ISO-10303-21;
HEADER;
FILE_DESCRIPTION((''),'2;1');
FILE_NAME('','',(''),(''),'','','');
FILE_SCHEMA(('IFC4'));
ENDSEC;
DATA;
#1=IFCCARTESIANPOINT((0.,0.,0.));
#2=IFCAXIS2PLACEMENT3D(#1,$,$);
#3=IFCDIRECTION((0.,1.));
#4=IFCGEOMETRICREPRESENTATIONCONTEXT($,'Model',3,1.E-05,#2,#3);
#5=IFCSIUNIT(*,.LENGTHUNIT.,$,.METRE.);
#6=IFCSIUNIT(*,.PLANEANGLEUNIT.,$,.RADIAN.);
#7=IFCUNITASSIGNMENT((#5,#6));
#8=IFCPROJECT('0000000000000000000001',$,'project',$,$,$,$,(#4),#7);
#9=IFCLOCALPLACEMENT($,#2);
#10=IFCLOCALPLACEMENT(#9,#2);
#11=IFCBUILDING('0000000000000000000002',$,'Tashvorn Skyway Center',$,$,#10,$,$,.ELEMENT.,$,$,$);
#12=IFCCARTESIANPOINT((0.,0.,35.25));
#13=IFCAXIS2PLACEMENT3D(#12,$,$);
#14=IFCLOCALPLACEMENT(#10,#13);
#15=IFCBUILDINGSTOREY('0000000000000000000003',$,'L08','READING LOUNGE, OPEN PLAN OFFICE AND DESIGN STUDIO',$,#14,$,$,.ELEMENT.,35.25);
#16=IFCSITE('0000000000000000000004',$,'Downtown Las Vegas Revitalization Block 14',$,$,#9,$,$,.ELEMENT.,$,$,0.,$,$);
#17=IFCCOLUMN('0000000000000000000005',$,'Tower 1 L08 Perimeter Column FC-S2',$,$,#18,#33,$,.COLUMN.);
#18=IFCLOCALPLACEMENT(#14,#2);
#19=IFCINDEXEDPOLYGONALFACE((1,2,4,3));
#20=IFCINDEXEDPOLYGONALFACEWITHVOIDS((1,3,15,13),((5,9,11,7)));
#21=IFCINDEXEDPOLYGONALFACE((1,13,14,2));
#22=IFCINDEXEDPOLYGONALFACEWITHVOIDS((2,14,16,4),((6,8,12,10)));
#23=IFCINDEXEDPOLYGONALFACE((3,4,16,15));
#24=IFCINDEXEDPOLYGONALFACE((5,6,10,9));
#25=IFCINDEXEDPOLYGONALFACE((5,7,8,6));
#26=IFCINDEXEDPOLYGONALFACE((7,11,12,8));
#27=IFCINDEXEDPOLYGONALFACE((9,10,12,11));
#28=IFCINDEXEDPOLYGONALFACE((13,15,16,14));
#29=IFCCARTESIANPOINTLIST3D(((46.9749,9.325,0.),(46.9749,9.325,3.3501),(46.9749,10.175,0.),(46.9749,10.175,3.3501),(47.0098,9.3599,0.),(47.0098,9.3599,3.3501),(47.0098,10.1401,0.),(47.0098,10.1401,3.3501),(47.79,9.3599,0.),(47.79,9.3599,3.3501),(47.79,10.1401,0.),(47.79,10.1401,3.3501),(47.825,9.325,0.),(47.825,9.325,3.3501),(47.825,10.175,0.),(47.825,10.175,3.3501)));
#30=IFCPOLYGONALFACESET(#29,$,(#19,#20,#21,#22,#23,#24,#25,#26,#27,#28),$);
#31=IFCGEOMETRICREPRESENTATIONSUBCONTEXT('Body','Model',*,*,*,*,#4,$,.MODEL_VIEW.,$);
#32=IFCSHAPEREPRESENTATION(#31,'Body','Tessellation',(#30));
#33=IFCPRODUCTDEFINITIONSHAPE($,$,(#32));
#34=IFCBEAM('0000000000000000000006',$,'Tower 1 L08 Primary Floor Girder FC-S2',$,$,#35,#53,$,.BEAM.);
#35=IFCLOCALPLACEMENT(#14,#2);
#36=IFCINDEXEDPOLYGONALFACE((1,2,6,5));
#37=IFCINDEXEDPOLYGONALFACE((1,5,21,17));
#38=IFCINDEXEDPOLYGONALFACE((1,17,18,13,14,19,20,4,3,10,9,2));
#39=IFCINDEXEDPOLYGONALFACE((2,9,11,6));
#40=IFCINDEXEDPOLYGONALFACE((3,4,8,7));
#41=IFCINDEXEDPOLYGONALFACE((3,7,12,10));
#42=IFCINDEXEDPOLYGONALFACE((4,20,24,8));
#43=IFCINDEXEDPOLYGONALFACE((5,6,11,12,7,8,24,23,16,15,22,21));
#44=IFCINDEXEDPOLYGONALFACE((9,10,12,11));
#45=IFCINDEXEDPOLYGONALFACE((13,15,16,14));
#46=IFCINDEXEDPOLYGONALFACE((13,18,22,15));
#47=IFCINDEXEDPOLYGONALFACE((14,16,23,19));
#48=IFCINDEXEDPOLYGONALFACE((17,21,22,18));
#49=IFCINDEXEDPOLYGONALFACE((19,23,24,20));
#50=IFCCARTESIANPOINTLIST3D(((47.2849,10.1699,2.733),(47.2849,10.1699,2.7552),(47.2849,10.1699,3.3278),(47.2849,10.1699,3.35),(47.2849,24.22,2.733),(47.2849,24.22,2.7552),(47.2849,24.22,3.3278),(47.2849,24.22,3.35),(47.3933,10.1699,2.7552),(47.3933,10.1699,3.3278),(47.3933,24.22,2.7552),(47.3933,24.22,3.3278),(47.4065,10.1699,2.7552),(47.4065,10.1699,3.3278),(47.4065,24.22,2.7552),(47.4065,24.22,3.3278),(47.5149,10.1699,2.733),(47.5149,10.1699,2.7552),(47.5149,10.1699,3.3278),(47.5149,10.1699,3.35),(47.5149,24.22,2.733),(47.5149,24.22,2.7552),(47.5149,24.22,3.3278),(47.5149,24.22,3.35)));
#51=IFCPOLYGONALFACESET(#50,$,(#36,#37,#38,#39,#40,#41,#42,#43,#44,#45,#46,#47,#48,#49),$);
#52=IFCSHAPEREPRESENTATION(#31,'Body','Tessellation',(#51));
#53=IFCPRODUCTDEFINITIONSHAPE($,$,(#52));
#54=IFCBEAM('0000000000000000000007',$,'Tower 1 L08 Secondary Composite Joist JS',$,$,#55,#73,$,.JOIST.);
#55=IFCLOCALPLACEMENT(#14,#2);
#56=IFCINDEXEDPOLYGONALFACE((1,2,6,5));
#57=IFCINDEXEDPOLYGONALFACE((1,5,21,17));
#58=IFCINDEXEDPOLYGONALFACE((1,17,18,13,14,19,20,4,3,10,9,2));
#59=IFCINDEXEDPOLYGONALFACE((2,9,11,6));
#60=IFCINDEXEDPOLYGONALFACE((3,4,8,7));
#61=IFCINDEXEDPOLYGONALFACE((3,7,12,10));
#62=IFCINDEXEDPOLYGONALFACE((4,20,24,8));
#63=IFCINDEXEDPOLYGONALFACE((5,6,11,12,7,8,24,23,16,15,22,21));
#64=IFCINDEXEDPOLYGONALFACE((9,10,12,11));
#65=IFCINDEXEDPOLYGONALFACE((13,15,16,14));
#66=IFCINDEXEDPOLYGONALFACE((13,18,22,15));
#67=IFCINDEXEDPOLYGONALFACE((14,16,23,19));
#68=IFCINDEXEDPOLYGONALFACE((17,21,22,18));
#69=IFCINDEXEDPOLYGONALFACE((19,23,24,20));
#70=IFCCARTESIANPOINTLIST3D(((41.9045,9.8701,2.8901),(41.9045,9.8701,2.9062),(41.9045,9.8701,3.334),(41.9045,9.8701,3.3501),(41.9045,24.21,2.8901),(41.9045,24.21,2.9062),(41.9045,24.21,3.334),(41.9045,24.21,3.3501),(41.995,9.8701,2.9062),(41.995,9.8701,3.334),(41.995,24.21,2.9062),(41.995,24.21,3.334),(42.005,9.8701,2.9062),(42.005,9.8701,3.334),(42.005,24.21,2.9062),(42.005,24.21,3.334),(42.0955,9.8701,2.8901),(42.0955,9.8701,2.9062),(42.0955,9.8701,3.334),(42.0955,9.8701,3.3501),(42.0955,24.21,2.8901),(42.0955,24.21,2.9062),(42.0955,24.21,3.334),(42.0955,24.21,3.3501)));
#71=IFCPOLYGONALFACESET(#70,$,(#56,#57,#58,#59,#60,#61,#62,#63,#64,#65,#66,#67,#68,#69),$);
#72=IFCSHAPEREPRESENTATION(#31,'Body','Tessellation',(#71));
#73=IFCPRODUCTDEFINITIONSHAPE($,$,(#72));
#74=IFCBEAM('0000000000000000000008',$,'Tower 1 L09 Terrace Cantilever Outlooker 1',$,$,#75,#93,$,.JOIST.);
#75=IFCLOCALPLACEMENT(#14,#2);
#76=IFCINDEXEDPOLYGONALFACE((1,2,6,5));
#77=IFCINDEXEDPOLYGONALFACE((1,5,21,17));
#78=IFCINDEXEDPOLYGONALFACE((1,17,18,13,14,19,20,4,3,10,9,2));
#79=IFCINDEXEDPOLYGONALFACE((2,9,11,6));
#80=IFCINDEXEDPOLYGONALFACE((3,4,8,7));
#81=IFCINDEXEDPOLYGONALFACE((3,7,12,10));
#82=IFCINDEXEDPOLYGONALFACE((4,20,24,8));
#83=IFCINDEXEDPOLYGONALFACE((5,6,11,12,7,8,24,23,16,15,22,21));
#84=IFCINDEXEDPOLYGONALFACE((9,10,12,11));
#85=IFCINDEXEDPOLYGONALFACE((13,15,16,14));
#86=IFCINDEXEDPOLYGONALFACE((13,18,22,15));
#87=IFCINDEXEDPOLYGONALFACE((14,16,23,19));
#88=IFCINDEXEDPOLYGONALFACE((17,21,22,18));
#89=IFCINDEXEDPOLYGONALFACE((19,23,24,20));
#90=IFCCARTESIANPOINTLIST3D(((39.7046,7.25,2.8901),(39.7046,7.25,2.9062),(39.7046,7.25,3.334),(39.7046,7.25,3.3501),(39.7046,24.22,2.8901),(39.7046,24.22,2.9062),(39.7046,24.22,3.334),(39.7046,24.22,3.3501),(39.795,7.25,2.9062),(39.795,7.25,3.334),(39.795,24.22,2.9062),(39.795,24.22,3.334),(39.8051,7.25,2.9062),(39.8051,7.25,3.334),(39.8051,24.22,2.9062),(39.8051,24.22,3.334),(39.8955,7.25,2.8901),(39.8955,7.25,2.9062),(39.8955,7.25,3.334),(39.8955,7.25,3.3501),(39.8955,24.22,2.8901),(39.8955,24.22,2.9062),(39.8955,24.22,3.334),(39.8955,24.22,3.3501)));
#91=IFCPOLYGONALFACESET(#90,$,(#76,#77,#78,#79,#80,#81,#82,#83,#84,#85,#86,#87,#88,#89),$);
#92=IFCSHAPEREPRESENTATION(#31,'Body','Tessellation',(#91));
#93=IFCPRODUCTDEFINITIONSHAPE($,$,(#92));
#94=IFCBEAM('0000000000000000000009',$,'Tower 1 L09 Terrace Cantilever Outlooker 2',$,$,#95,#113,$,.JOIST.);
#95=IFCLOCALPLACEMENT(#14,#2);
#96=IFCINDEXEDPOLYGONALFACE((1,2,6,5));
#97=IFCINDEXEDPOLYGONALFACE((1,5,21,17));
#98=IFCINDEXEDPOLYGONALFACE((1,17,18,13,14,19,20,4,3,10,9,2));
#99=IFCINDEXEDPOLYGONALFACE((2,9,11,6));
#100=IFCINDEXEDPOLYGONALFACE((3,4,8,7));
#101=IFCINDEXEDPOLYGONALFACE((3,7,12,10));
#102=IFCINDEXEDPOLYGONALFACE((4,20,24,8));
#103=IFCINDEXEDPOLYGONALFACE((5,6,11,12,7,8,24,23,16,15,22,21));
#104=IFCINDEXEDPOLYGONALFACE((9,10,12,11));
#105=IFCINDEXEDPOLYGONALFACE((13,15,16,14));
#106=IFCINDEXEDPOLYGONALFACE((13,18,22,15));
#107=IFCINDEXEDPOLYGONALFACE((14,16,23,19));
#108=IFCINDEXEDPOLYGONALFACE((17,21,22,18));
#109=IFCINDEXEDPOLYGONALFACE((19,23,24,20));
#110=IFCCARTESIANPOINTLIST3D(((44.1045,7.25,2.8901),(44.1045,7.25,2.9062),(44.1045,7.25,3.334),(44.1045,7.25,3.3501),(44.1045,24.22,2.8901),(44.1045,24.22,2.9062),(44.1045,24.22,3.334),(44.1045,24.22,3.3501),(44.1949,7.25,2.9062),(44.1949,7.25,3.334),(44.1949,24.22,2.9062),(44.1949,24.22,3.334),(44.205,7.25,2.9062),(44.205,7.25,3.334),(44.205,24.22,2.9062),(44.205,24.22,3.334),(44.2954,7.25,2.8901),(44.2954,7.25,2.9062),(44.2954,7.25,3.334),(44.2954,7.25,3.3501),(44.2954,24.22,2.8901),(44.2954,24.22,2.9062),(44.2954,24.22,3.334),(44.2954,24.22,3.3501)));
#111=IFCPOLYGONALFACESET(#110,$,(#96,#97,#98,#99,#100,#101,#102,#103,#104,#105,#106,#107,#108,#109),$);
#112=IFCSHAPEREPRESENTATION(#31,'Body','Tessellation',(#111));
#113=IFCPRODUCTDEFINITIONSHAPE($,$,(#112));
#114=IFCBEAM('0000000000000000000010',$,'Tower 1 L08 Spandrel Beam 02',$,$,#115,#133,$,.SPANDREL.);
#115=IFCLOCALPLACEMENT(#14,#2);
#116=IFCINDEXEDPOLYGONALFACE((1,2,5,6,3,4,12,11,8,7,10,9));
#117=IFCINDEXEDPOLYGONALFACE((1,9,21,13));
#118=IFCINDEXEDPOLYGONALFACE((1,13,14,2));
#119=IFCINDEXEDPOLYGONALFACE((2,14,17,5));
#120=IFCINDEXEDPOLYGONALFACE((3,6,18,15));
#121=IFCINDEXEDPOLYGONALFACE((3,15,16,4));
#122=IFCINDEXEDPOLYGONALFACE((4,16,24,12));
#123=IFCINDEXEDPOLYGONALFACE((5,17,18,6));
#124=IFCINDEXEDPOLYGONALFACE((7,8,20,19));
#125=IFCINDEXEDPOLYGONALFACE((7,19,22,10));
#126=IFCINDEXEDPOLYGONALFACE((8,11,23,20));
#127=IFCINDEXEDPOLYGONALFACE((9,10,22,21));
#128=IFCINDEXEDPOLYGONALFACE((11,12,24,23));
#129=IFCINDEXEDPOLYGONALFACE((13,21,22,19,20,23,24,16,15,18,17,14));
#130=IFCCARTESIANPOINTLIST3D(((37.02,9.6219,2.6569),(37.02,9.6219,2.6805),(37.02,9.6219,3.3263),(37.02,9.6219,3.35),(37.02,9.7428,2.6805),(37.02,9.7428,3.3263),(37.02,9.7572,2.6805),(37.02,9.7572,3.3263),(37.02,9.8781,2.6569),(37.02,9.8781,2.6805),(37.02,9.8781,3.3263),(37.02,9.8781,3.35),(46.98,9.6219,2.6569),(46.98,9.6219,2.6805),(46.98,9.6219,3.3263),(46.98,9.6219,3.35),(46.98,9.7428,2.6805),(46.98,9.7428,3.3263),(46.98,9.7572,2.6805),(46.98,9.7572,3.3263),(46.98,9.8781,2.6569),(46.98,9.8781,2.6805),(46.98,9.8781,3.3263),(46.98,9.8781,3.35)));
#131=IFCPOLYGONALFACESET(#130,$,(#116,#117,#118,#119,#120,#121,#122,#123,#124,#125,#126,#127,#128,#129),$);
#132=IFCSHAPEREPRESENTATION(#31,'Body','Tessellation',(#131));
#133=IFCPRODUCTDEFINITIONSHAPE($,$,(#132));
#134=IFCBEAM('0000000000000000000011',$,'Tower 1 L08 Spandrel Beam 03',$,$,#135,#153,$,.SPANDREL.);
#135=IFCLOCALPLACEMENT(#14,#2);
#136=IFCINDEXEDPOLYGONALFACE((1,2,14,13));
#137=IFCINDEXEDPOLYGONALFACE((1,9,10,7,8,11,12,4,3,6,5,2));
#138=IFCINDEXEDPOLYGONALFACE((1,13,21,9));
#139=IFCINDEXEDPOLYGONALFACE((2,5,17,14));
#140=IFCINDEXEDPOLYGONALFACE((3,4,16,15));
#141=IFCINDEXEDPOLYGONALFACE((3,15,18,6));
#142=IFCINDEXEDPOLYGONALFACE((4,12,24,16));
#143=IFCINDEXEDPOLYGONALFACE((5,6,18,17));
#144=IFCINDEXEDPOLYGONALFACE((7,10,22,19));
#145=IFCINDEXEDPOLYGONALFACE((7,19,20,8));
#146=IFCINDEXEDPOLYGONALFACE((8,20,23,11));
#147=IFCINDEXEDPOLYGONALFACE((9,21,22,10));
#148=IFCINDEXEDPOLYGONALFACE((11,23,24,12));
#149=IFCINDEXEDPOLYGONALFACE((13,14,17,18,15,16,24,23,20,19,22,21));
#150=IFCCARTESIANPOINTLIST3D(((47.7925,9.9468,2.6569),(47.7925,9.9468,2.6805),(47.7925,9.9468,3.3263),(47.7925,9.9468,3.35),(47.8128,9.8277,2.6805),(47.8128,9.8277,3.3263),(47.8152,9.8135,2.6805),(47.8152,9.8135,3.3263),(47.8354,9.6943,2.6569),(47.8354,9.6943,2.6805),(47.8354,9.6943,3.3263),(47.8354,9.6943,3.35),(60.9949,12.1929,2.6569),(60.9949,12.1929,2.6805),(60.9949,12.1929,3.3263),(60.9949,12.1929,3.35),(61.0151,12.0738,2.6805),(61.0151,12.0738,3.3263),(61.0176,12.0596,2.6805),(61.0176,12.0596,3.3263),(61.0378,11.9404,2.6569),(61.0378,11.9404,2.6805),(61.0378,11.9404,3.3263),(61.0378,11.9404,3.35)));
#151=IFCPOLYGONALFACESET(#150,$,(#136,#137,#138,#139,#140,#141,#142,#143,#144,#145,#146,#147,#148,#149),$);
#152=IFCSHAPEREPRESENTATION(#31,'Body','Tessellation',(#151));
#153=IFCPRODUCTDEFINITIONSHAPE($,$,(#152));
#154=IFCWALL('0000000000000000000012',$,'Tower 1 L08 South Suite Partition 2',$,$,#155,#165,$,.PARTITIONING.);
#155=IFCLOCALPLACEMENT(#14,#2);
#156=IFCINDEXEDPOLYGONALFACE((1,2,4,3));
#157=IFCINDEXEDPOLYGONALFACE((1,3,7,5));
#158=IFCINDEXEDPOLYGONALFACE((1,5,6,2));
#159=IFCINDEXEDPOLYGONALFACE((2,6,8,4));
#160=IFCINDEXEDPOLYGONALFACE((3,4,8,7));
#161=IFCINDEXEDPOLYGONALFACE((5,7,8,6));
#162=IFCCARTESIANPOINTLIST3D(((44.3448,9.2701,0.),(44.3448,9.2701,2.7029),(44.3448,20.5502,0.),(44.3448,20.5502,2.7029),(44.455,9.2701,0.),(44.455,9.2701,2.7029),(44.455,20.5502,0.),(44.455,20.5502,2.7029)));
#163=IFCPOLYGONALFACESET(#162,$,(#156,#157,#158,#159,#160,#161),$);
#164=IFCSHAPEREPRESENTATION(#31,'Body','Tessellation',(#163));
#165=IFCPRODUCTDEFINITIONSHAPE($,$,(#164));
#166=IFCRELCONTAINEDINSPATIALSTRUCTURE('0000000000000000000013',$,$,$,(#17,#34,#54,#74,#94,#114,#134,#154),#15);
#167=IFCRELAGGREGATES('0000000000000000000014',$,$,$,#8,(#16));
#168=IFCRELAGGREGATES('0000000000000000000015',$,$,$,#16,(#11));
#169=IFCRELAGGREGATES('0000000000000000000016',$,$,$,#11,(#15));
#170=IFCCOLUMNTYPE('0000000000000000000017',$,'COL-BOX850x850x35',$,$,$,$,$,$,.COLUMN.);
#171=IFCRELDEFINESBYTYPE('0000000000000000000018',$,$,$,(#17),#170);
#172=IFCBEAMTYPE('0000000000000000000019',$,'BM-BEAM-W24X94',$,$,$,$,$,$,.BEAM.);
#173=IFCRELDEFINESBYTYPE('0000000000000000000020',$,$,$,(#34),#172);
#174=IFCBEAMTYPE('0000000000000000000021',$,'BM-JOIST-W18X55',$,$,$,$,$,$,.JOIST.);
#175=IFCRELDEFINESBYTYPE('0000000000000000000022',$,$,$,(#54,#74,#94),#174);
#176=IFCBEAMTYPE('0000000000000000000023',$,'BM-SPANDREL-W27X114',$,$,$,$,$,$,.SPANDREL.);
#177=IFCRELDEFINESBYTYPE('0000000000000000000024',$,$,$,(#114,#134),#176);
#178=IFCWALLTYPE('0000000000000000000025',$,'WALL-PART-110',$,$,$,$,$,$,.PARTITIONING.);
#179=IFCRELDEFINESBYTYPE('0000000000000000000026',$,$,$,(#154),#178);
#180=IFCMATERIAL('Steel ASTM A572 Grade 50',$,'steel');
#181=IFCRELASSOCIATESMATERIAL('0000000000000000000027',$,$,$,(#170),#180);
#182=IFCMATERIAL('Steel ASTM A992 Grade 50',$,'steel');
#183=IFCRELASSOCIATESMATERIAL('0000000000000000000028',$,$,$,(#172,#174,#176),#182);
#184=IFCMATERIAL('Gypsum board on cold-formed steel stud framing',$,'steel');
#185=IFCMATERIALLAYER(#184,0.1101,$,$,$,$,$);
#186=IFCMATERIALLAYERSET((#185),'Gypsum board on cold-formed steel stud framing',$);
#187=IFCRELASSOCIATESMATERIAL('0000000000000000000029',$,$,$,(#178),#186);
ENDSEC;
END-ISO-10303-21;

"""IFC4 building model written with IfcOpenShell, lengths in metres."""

from ifc_helpers import new_model, si_unit, direction, frame, frame_2d, origin, origin_2d, place, context, subcontext, project, spatial, rectangle, hollow_rectangle, i_section, extrude, material, layer, layer_set, material_profile, profile_set, type_object, element, save


model = new_model("IFC4")

# Units and contexts
model_context = context("Model", 3, precision=1e-05, world=origin(), true_north=direction((0.0, 1.0)))
body_context = subcontext(model_context, "Body", "Model", "MODEL_VIEW")
ifc_project = project(units=[si_unit("LENGTHUNIT", "METRE"), si_unit("PLANEANGLEUNIT", "RADIAN")], contexts=[model_context])

# Site, building, storey
site_placement = place(None, origin())
site = spatial("IfcSite", under=ifc_project, at=site_placement, Name="Downtown Las Vegas Revitalization Block 14", CompositionType="ELEMENT", RefElevation=0.0)
building_placement = place(site_placement, origin())
building = spatial("IfcBuilding", under=site, at=building_placement, Name="Tashvorn Skyway Center", CompositionType="ELEMENT")
storey_placement = place(building_placement, frame((0.0, 0.0, 35.25)))
storey = spatial("IfcBuildingStorey", under=building, at=storey_placement, Name="L08", Description="READING LOUNGE, OPEN PLAN OFFICE AND DESIGN STUDIO", CompositionType="ELEMENT", Elevation=35.25)

# Column
ifc_material_1 = material(Name="Steel ASTM A572 Grade 50", Category="steel")
ifc_material_profile_1 = material_profile(ifc_material_1, hollow_rectangle(XDim=0.8501, YDim=0.8501, WallThickness=0.0349, at=origin_2d()), Name="BOX850x850x35")
ifc_profile_set_1 = profile_set([ifc_material_profile_1], Name="Steel ASTM A572 Grade 50")
column_type = type_object("IfcColumnType", Name="COL-BOX850x850x35", PredefinedType="COLUMN", material=ifc_profile_set_1)
column_placement = place(storey_placement, frame((47.3999, 9.75, 0.0), z_axis=(0.0, 0.0, 1.0), x_axis=(1.0, 0.0, 0.0)))
element("IfcColumn", 1, at=column_placement, inside=storey, type_object=column_type, Name="Tower 1 L08 Perimeter Column FC-S2", PredefinedType="COLUMN", context=body_context, shape_type="SweptSolid", body=[
    extrude(hollow_rectangle(XDim=0.8501, YDim=0.8501, WallThickness=0.0349, at=origin_2d()), origin(), (0.0, 0.0, 1.0), 3.3501),
])

# Beams
ifc_material_2 = material(Name="Steel ASTM A992 Grade 50", Category="steel")
ifc_material_profile_2 = material_profile(ifc_material_2, i_section(OverallWidth=0.23, OverallDepth=0.6169, WebThickness=0.0132, FlangeThickness=0.0222, at=origin_2d()), Name="W24X94")
ifc_profile_set_2 = profile_set([ifc_material_profile_2], Name="Steel ASTM A992 Grade 50")
beam_type_1 = type_object("IfcBeamType", Name="BM-BEAM-W24X94", PredefinedType="BEAM", material=ifc_profile_set_2)
beam_1_placement = place(storey_placement, frame((47.3999, 10.1699, 3.0415), z_axis=(0.0, 1.0, 0.0), x_axis=(-1.0, 0.0, 0.0)))
element("IfcBeam", 2, at=beam_1_placement, inside=storey, type_object=beam_type_1, Name="Tower 1 L08 Primary Floor Girder FC-S2", PredefinedType="BEAM", context=body_context, shape_type="SweptSolid", body=[
    extrude(i_section(OverallWidth=0.23, OverallDepth=0.6169, WebThickness=0.0132, FlangeThickness=0.0222, at=origin_2d()), origin(), (0.0, 0.0, 1.0), 14.05),
])
ifc_material_profile_3 = material_profile(ifc_material_2, i_section(OverallWidth=0.1909, OverallDepth=0.46, WebThickness=0.01, FlangeThickness=0.0161, at=origin_2d()), Name="W18X55")
ifc_profile_set_3 = profile_set([ifc_material_profile_3], Name="Steel ASTM A992 Grade 50")
beam_type_2 = type_object("IfcBeamType", Name="BM-JOIST-W18X55", PredefinedType="JOIST", material=ifc_profile_set_3)
beam_2_placement = place(storey_placement, frame((42.0, 24.21, 3.1201), z_axis=(0.0, -1.0, 0.0), x_axis=(1.0, 0.0, 0.0)))
element("IfcBeam", 3, at=beam_2_placement, inside=storey, type_object=beam_type_2, Name="Tower 1 L08 Secondary Composite Joist JS", PredefinedType="JOIST", context=body_context, shape_type="SweptSolid", body=[
    extrude(i_section(OverallWidth=0.1909, OverallDepth=0.46, WebThickness=0.01, FlangeThickness=0.0161, at=origin_2d()), origin(), (0.0, 0.0, 1.0), 14.3398),
])
for number, where, z_axis, x_axis, name in (
    (4, (39.8, 24.22, 3.1201), (0.0, -1.0, 0.0), (1.0, 0.0, 0.0), "Tower 1 L09 Terrace Cantilever Outlooker 1"),
    (5, (44.2, 24.22, 3.1201), (0.0, -1.0, 0.0), (1.0, 0.0, 0.0), "Tower 1 L09 Terrace Cantilever Outlooker 2"),
):
    element("IfcBeam", number, at=place(storey_placement, frame(where, z_axis=z_axis, x_axis=x_axis)), inside=storey, type_object=beam_type_2, Name=name, PredefinedType="JOIST", context=body_context, shape_type="SweptSolid", body=[
        extrude(i_section(OverallWidth=0.1909, OverallDepth=0.46, WebThickness=0.01, FlangeThickness=0.0161, at=origin_2d()), origin(), (0.0, 0.0, 1.0), 16.97),
    ])
ifc_material_profile_4 = material_profile(ifc_material_2, i_section(OverallWidth=0.2561, OverallDepth=0.6931, WebThickness=0.0144, FlangeThickness=0.0237, at=origin_2d()), Name="W27X114")
ifc_profile_set_4 = profile_set([ifc_material_profile_4], Name="Steel ASTM A992 Grade 50")
beam_type_3 = type_object("IfcBeamType", Name="BM-SPANDREL-W27X114", PredefinedType="SPANDREL", material=ifc_profile_set_4)
beam_3_placement = place(storey_placement, frame((37.02, 9.75, 3.0034), z_axis=(1.0, 0.0, 0.0), x_axis=(0.0, 1.0, 0.0)))
element("IfcBeam", 6, at=beam_3_placement, inside=storey, type_object=beam_type_3, Name="Tower 1 L08 Spandrel Beam 02", PredefinedType="SPANDREL", context=body_context, shape_type="SweptSolid", body=[
    extrude(i_section(OverallWidth=0.2561, OverallDepth=0.6931, WebThickness=0.0144, FlangeThickness=0.0237, at=origin_2d()), origin(), (0.0, 0.0, 1.0), 9.96),
])
beam_4_placement = place(storey_placement, frame((47.814, 9.8206, 3.0034), z_axis=(0.985835, 0.167718, 0.0), x_axis=(-0.167718, 0.985835, 0.0)))
element("IfcBeam", 7, at=beam_4_placement, inside=storey, type_object=beam_type_3, Name="Tower 1 L08 Spandrel Beam 03", PredefinedType="SPANDREL", context=body_context, shape_type="SweptSolid", body=[
    extrude(i_section(OverallWidth=0.2561, OverallDepth=0.6931, WebThickness=0.0144, FlangeThickness=0.0237, at=origin_2d()), origin(), (0.0, 0.0, 1.0), 13.3921),
])

# Wall
ifc_material_3 = material(Name="Gypsum board on cold-formed steel stud framing", Category="steel")
ifc_layer_1 = layer(ifc_material_3, 0.1101)
ifc_layer_set_1 = layer_set([ifc_layer_1], Name="Gypsum board on cold-formed steel stud framing")
wall_type_1 = type_object("IfcWallType", Name="WALL-PART-110", PredefinedType="PARTITIONING", material=ifc_layer_set_1)
wall_1_placement = place(storey_placement, frame((44.3999, 9.27, 0.0), z_axis=(0.0, 0.0, 1.0), x_axis=(0.0, 1.0, 0.0)))
element("IfcWall", 8, at=wall_1_placement, inside=storey, type_object=wall_type_1, Name="Tower 1 L08 South Suite Partition 2", PredefinedType="PARTITIONING", context=body_context, shape_type="SweptSolid", body=[
    extrude(rectangle(XDim=11.28, YDim=0.1101, at=frame_2d((5.6401, 0.0))), origin(), (0.0, 0.0, 1.0), 2.7029),
])

save(model, "model.ifc")
